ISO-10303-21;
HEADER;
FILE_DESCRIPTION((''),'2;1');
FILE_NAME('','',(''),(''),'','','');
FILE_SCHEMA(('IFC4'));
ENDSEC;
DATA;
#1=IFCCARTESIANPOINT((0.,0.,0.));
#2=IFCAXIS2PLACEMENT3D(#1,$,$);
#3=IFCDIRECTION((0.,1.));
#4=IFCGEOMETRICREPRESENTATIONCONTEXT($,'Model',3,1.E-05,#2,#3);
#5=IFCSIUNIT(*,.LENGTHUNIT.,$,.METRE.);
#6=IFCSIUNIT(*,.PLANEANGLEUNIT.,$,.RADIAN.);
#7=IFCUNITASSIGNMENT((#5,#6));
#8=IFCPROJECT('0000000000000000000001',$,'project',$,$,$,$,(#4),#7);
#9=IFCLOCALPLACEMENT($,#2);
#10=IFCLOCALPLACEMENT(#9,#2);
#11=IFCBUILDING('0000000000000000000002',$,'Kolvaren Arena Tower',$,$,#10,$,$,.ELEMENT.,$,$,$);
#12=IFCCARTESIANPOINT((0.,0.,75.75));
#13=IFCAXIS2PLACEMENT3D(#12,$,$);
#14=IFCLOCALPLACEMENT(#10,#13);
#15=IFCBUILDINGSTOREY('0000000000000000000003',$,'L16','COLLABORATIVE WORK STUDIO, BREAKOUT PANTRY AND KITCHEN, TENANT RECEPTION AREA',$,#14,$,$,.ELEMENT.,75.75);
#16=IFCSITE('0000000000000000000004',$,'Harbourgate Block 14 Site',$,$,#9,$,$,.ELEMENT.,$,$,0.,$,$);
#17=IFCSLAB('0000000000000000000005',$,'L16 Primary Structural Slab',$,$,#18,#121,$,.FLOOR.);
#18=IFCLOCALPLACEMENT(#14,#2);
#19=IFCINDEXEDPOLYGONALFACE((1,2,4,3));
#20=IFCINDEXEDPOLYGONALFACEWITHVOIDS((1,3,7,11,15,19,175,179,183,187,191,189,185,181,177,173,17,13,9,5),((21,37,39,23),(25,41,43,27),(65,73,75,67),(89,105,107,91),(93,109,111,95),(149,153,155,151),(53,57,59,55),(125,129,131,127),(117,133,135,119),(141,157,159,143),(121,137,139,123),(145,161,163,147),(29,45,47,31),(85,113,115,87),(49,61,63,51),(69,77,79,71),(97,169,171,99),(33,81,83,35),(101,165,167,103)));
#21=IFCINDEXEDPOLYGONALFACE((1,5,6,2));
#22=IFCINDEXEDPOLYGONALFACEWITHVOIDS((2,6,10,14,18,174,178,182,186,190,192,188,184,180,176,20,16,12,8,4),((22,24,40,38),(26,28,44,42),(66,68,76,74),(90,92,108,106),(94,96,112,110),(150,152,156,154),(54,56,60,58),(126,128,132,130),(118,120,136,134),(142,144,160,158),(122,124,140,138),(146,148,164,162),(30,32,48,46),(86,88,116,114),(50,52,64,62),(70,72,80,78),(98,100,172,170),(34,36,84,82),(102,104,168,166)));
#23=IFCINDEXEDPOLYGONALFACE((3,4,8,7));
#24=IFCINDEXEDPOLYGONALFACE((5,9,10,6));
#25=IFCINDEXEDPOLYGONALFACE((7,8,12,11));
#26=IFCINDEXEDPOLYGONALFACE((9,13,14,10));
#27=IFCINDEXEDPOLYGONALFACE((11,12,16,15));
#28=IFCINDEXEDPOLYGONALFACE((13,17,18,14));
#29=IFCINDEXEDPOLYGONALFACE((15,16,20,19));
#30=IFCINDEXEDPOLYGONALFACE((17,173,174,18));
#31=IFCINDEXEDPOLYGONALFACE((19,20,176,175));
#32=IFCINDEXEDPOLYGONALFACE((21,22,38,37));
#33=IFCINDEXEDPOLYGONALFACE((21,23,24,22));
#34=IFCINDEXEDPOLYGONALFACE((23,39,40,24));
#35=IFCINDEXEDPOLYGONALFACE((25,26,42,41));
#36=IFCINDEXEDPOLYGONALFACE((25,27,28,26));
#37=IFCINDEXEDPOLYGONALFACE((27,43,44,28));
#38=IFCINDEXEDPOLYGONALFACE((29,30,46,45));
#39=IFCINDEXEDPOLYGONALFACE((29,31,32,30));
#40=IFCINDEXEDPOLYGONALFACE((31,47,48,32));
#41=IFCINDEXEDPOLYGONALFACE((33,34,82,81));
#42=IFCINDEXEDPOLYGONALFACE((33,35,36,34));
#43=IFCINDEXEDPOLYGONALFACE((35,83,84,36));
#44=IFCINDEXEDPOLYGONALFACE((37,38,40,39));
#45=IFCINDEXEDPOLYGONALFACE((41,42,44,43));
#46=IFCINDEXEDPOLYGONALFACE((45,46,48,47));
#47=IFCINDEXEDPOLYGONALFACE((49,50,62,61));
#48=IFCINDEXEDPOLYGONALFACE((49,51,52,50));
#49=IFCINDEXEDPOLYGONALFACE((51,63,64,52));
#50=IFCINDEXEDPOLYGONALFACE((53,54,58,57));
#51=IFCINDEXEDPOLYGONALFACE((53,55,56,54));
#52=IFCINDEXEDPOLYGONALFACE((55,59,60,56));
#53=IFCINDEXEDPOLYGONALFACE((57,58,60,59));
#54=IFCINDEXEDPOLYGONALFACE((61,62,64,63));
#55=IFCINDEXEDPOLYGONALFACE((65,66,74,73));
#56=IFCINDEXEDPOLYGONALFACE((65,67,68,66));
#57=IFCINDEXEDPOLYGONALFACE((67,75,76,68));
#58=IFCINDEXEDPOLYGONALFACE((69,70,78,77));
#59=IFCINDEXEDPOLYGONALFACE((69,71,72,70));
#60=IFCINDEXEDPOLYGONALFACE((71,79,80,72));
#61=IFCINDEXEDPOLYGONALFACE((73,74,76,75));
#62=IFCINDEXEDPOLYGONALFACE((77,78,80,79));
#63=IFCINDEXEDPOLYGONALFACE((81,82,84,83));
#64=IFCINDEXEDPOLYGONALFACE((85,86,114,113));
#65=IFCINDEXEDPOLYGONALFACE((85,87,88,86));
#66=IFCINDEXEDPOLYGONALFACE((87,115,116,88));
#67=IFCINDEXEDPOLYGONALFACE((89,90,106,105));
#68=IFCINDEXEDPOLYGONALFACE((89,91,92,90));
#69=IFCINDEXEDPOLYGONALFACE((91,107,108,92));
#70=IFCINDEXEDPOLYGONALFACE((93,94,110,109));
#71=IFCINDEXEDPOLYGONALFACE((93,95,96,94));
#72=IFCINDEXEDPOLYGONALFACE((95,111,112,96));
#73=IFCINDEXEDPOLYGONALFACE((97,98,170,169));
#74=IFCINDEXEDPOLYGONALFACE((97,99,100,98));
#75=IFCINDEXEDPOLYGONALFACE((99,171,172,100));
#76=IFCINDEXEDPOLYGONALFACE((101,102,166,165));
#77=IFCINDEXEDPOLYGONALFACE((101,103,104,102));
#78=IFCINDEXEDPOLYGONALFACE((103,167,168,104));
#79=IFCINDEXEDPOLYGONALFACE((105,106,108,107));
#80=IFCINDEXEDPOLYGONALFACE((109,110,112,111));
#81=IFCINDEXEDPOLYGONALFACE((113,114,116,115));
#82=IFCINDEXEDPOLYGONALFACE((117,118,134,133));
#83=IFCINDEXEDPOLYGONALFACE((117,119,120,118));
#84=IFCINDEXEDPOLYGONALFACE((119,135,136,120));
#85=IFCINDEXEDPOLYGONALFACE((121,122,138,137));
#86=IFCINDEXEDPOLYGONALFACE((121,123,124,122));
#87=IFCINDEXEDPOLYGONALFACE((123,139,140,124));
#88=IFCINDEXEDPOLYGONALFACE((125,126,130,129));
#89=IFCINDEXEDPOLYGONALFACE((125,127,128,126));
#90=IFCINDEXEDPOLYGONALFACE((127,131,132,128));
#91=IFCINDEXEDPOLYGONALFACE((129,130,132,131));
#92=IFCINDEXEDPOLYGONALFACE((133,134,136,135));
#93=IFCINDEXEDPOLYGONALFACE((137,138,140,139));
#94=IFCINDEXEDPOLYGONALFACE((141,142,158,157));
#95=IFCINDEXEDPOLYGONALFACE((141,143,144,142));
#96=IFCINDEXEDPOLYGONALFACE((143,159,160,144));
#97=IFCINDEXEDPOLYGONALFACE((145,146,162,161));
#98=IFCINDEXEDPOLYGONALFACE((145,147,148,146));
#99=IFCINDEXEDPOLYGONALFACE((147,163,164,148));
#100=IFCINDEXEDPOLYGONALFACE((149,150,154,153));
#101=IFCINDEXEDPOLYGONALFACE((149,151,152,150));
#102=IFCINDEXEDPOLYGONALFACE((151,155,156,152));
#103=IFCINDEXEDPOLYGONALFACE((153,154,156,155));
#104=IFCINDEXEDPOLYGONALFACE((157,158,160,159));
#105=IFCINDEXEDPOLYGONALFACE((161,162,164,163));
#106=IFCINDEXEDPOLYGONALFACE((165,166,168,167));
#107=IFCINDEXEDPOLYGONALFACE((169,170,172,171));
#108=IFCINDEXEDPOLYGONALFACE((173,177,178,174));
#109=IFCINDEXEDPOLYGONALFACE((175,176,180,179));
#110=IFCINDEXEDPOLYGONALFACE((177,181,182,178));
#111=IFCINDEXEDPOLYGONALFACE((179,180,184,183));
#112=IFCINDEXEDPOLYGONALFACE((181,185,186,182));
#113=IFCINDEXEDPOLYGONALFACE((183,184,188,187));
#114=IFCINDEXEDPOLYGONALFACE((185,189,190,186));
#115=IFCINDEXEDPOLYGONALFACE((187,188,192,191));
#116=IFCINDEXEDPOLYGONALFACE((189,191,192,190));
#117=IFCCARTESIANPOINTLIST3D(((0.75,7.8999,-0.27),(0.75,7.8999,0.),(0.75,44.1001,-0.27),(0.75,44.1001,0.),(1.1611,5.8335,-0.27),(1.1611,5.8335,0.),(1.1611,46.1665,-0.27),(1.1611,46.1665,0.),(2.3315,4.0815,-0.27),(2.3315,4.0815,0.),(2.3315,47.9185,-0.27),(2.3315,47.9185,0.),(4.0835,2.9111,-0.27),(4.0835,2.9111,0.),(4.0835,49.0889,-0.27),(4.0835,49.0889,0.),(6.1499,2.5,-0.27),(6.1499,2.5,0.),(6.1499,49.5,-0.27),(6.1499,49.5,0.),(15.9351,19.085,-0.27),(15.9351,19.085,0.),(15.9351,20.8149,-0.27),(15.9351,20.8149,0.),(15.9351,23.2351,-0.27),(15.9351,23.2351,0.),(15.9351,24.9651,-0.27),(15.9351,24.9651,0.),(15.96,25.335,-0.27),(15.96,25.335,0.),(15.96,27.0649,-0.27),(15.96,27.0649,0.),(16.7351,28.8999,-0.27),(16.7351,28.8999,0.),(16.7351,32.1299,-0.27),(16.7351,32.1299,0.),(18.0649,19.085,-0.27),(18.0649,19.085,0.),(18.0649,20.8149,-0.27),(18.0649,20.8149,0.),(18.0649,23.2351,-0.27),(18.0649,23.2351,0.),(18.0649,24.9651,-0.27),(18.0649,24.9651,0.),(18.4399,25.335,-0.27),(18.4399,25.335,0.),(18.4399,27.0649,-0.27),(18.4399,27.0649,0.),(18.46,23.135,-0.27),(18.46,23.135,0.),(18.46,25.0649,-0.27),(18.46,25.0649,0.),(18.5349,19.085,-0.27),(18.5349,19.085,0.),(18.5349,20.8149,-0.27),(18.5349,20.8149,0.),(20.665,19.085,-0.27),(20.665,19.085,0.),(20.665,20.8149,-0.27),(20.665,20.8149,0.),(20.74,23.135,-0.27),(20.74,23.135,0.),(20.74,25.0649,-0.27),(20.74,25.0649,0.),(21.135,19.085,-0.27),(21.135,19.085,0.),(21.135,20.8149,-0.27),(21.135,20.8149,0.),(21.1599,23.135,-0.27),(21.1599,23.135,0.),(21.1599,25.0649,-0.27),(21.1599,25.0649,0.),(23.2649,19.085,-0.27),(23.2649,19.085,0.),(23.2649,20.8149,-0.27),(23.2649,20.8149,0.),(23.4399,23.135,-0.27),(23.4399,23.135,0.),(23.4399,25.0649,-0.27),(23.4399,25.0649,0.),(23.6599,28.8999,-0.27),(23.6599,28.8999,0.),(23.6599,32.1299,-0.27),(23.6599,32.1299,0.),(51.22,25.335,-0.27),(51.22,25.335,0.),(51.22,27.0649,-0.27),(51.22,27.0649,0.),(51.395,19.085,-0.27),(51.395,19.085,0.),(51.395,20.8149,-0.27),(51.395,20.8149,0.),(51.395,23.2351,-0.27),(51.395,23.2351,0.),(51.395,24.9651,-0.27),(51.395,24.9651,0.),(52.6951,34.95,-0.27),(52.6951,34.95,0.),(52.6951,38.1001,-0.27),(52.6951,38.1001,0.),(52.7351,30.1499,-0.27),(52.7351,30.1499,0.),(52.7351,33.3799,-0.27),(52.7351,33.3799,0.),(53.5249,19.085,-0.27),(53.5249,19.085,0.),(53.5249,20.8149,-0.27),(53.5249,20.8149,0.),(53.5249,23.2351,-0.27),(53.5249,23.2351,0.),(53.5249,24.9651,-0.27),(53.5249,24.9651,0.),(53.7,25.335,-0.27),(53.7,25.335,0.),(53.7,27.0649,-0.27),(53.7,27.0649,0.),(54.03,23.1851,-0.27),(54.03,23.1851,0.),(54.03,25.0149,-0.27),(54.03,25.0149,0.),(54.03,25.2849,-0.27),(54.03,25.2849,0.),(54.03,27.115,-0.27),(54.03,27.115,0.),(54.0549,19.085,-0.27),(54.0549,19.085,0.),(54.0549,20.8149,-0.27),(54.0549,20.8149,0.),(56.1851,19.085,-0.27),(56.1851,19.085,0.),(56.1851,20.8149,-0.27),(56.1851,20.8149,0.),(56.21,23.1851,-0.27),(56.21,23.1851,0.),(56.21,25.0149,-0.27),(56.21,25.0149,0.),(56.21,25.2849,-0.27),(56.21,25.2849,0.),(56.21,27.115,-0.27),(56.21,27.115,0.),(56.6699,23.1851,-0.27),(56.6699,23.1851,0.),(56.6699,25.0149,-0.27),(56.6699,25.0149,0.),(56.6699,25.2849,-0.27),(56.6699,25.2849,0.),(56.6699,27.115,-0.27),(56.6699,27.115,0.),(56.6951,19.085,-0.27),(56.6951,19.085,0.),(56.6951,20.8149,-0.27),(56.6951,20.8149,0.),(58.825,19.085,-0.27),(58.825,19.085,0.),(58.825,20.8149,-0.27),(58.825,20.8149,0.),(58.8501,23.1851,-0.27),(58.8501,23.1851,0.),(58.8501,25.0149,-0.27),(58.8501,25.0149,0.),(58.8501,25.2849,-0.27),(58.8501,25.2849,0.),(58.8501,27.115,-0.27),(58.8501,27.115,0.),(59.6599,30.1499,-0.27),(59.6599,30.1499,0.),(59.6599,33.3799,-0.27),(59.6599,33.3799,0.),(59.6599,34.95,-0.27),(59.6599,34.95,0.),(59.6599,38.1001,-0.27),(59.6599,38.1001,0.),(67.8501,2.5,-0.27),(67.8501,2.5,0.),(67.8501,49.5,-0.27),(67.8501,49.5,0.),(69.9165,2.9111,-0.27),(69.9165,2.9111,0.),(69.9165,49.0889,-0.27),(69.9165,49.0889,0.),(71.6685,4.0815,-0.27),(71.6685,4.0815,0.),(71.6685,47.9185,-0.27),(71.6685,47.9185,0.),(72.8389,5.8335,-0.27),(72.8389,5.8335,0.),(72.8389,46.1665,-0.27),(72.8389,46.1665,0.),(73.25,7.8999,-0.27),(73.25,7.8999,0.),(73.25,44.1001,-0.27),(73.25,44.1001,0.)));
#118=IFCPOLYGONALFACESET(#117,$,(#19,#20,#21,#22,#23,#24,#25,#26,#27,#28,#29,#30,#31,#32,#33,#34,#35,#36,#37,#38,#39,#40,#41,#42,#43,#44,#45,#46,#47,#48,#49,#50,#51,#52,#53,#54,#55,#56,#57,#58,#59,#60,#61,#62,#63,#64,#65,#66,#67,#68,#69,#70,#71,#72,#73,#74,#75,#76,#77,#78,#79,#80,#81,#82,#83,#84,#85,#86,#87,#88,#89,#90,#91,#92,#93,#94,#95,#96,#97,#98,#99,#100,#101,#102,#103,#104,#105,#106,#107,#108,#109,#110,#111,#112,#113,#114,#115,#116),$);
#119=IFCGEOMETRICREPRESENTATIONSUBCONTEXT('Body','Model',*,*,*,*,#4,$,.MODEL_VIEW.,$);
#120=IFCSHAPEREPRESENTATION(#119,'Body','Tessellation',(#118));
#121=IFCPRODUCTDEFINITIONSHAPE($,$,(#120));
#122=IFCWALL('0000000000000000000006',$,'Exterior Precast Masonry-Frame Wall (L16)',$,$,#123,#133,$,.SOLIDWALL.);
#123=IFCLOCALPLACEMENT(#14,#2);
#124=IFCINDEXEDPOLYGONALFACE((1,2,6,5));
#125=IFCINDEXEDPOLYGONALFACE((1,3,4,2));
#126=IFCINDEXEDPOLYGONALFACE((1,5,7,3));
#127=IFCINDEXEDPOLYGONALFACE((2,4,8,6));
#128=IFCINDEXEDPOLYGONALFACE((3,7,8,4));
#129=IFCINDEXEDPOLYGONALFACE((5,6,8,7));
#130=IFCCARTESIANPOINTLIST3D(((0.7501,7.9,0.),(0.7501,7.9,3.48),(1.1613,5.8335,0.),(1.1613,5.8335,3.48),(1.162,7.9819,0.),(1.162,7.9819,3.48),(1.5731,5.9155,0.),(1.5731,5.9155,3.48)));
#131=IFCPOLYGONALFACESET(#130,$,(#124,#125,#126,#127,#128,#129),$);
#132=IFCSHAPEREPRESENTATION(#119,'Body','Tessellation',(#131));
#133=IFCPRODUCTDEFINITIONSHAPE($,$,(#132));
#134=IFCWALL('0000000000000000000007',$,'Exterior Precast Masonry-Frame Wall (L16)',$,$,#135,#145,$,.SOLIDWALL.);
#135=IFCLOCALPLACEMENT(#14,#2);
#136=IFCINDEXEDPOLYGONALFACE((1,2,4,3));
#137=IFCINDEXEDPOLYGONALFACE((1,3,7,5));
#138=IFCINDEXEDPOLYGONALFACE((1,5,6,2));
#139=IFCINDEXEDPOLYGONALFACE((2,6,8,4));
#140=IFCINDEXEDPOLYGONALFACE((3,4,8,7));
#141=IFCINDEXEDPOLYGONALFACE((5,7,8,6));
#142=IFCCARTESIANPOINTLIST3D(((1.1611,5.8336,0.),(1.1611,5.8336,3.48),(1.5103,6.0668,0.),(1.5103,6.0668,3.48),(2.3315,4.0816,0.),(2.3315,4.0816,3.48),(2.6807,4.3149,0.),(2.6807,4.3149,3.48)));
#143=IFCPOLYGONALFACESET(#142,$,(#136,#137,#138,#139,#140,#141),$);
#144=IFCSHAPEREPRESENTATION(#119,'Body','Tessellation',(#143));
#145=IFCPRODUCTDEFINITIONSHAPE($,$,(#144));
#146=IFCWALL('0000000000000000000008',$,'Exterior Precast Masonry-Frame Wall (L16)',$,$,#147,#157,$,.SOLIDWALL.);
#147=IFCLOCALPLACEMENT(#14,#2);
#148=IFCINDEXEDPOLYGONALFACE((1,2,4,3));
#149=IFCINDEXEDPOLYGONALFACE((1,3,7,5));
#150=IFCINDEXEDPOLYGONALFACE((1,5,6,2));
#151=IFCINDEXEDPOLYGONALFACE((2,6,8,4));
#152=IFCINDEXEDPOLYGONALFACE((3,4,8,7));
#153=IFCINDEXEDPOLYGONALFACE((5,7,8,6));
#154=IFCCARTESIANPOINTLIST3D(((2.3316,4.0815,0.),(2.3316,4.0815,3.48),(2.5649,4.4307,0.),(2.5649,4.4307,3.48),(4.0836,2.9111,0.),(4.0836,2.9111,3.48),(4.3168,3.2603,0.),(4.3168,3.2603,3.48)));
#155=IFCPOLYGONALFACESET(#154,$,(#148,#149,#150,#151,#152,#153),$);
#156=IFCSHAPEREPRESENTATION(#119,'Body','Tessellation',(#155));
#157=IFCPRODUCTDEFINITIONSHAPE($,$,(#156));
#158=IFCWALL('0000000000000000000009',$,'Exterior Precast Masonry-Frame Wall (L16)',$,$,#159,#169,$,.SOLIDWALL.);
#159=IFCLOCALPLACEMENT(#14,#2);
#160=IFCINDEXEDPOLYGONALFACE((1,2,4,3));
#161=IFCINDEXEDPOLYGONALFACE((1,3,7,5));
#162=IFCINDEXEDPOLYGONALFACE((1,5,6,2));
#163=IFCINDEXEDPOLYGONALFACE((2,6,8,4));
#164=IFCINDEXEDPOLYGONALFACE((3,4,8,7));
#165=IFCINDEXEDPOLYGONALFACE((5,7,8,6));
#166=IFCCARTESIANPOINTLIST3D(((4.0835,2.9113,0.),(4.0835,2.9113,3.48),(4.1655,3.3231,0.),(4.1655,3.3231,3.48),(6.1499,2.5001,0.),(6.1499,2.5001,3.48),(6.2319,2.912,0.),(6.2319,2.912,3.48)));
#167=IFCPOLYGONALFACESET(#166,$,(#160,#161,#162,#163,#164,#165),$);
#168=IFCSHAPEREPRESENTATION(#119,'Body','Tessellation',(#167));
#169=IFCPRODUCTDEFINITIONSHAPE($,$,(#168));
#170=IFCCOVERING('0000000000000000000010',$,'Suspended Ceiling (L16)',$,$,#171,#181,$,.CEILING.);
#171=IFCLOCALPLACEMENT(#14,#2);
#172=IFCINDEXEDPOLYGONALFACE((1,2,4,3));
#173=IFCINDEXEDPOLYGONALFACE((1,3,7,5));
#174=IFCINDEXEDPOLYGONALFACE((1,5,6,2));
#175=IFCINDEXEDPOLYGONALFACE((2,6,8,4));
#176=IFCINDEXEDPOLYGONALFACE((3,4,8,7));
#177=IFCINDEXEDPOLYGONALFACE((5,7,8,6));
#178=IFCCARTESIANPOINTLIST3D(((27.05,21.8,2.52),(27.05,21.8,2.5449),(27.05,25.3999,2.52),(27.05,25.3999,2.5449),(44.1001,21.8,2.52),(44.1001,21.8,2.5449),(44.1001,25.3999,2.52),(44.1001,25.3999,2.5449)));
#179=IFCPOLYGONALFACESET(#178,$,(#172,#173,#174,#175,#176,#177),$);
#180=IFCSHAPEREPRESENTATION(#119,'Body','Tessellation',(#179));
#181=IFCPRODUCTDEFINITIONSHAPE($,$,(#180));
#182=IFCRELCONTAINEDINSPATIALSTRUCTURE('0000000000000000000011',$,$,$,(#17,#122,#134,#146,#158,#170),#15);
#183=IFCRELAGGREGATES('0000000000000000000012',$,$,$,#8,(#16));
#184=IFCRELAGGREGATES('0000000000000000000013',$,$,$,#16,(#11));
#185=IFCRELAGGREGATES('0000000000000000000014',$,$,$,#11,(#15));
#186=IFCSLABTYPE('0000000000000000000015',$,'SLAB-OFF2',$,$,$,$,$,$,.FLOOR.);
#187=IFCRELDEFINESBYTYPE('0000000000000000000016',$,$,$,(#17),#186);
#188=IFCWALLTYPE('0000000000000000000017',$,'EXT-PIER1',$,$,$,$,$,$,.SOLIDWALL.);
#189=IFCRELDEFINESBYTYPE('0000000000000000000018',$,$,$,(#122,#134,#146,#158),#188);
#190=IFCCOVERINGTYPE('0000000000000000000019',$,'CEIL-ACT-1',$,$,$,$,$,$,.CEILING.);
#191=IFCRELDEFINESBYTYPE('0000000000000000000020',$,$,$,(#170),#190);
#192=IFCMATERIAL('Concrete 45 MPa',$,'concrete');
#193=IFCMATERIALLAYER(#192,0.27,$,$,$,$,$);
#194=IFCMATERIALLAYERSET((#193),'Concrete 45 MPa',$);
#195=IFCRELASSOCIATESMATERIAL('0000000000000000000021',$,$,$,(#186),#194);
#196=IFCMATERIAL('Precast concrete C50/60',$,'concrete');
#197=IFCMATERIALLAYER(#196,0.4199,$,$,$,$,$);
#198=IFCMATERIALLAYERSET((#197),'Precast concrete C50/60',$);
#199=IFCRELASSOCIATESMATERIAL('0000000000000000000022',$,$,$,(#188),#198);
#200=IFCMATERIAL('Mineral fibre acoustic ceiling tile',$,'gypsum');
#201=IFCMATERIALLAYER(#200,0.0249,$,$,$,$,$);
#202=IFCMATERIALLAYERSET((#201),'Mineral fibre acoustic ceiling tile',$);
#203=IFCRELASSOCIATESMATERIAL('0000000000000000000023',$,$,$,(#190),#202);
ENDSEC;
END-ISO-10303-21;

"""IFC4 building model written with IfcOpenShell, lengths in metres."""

from ifc_helpers import new_model, si_unit, direction, frame, frame_2d, origin, place, context, subcontext, project, spatial, polyline, rectangle, outline, extrude, material, layer, layer_set, type_object, element, save


model = new_model("IFC4")

# Units and contexts
model_context = context("Model", 3, precision=1e-05, world=origin(), true_north=direction((0.0, 1.0)))
body_context = subcontext(model_context, "Body", "Model", "MODEL_VIEW")
ifc_project = project(units=[si_unit("LENGTHUNIT", "METRE"), si_unit("PLANEANGLEUNIT", "RADIAN")], contexts=[model_context])

# Site, building, storey
site_placement = place(None, origin())
site = spatial("IfcSite", under=ifc_project, at=site_placement, Name="Harbourgate Block 14 Site", CompositionType="ELEMENT", RefElevation=0.0)
building_placement = place(site_placement, origin())
building = spatial("IfcBuilding", under=site, at=building_placement, Name="Kolvaren Arena Tower", CompositionType="ELEMENT")
storey_placement = place(building_placement, frame((0.0, 0.0, 75.75)))
storey = spatial("IfcBuildingStorey", under=building, at=storey_placement, Name="L16", Description="COLLABORATIVE WORK STUDIO, BREAKOUT PANTRY AND KITCHEN, TENANT RECEPTION AREA", CompositionType="ELEMENT", Elevation=75.75)

# Shared definitions
ifc_material_1 = material(Name="Concrete 45 MPa", Category="concrete")

# Slab
ifc_layer_1 = layer(ifc_material_1, 0.27)
ifc_layer_set_1 = layer_set([ifc_layer_1], Name="Concrete 45 MPa")
slab_type_1 = type_object("IfcSlabType", Name="SLAB-OFF2", PredefinedType="FLOOR", material=ifc_layer_set_1)
slab_1_placement = place(storey_placement, frame((0.0, 0.0, -0.27)))
element("IfcSlab", 1, at=slab_1_placement, inside=storey, type_object=slab_type_1, Name="L16 Primary Structural Slab", PredefinedType="FLOOR", context=body_context, shape_type="SweptSolid", body=[
    extrude(outline(polyline([(67.8501, 2.5), (69.9165, 2.9111), (71.6685, 4.0815), (72.8389, 5.8335), (73.25, 7.8999), (73.25, 44.1001), (72.8389, 46.1665), (71.6685, 47.9185), (69.9165, 49.0889), (67.8501, 49.5), (6.1499, 49.5), (4.0835, 49.0889), (2.3315, 47.9185), (1.1611, 46.1665), (0.75, 44.1001), (0.75, 7.8999), (1.1611, 5.8335), (2.3315, 4.0815), (4.0835, 2.9111), (6.1499, 2.5), (67.8501, 2.5)]), holes=[polyline([(15.9351, 19.085), (15.9351, 20.8149), (18.0649, 20.8149), (18.0649, 19.085), (15.9351, 19.085)]), polyline([(18.5349, 19.085), (18.5349, 20.8149), (20.665, 20.8149), (20.665, 19.085), (18.5349, 19.085)]), polyline([(21.135, 19.085), (21.135, 20.8149), (23.2649, 20.8149), (23.2649, 19.085), (21.135, 19.085)]), polyline([(51.395, 19.085), (51.395, 20.8149), (53.5249, 20.8149), (53.5249, 19.085), (51.395, 19.085)]), polyline([(54.0549, 19.085), (54.0549, 20.8149), (56.1851, 20.8149), (56.1851, 19.085), (54.0549, 19.085)]), polyline([(56.6951, 19.085), (56.6951, 20.8149), (58.825, 20.8149), (58.825, 19.085), (56.6951, 19.085)]), polyline([(18.46, 23.135), (18.46, 25.0649), (20.74, 25.0649), (20.74, 23.135), (18.46, 23.135)]), polyline([(21.1599, 23.135), (21.1599, 25.0649), (23.4399, 25.0649), (23.4399, 23.135), (21.1599, 23.135)]), polyline([(54.03, 25.0149), (56.21, 25.0149), (56.21, 23.1851), (54.03, 23.1851), (54.03, 25.0149)]), polyline([(56.6699, 25.0149), (58.8501, 25.0149), (58.8501, 23.1851), (56.6699, 23.1851), (56.6699, 25.0149)]), polyline([(15.9351, 23.2351), (15.9351, 24.9651), (18.0649, 24.9651), (18.0649, 23.2351), (15.9351, 23.2351)]), polyline([(51.395, 24.9651), (53.5249, 24.9651), (53.5249, 23.2351), (51.395, 23.2351), (51.395, 24.9651)]), polyline([(54.03, 25.2849), (54.03, 27.115), (56.21, 27.115), (56.21, 25.2849), (54.03, 25.2849)]), polyline([(56.6699, 25.2849), (56.6699, 27.115), (58.8501, 27.115), (58.8501, 25.2849), (56.6699, 25.2849)]), polyline([(15.96, 27.0649), (18.4399, 27.0649), (18.4399, 25.335), (15.96, 25.335), (15.96, 27.0649)]), polyline([(51.22, 25.335), (51.22, 27.0649), (53.7, 27.0649), (53.7, 25.335), (51.22, 25.335)]), polyline([(16.7351, 28.8999), (16.7351, 32.1299), (23.6599, 32.1299), (23.6599, 28.8999), (16.7351, 28.8999)]), polyline([(52.7351, 33.3799), (59.6599, 33.3799), (59.6599, 30.1499), (52.7351, 30.1499), (52.7351, 33.3799)]), polyline([(52.6951, 38.1001), (59.6599, 38.1001), (59.6599, 34.95), (52.6951, 34.95), (52.6951, 38.1001)])]), origin(), (0.0, 0.0, 1.0), 0.27),
])

# Walls
ifc_material_2 = material(Name="Precast concrete C50/60", Category="concrete")
ifc_layer_2 = layer(ifc_material_2, 0.4199)
ifc_layer_set_2 = layer_set([ifc_layer_2], Name="Precast concrete C50/60")
wall_type = type_object("IfcWallType", Name="EXT-PIER1", PredefinedType="SOLIDWALL", material=ifc_layer_set_2)
for number, where, z_axis, x_axis, name in (
    (2, (1.3672, 5.8745, 0.0), (0.0, 0.0, 1.0), (-0.195136, 0.980776, 0.0), "Exterior Precast Masonry-Frame Wall (L16)"),
    (3, (2.5061, 4.1982, 0.0), (0.0, 0.0, 1.0), (-0.555502, 0.831515, 0.0), "Exterior Precast Masonry-Frame Wall (L16)"),
    (4, (4.2002, 3.0857, 0.0), (0.0, 0.0, 1.0), (-0.831515, 0.555502, 0.0), "Exterior Precast Masonry-Frame Wall (L16)"),
    (5, (6.1909, 2.7061, 0.0), (0.0, 0.0, 1.0), (-0.980776, 0.195136, 0.0), "Exterior Precast Masonry-Frame Wall (L16)"),
):
    element("IfcWall", number, at=place(storey_placement, frame(where, z_axis=z_axis, x_axis=x_axis)), inside=storey, type_object=wall_type, Name=name, PredefinedType="SOLIDWALL", context=body_context, shape_type="SweptSolid", body=[
        extrude(rectangle(XDim=2.1069, YDim=0.4199, at=frame_2d((1.0535, 0.0))), origin(), (0.0, 0.0, 1.0), 3.48),
    ])

# Covering
ifc_material_3 = material(Name="Mineral fibre acoustic ceiling tile", Category="gypsum")
ifc_layer_3 = layer(ifc_material_3, 0.0249)
ifc_layer_set_3 = layer_set([ifc_layer_3], Name="Mineral fibre acoustic ceiling tile")
covering_type_1 = type_object("IfcCoveringType", Name="CEIL-ACT-1", PredefinedType="CEILING", material=ifc_layer_set_3)
covering_1_placement = place(storey_placement, frame((0.0, 0.0, 2.52)))
element("IfcCovering", 6, at=covering_1_placement, inside=storey, type_object=covering_type_1, Name="Suspended Ceiling (L16)", PredefinedType="CEILING", context=body_context, shape_type="SweptSolid", body=[
    extrude(outline(polyline([(27.05, 21.8), (27.05, 25.3999), (44.1001, 25.3999), (44.1001, 21.8), (27.05, 21.8)])), origin(), (0.0, 0.0, 1.0), 0.0249),
])

save(model, "model.ifc")
